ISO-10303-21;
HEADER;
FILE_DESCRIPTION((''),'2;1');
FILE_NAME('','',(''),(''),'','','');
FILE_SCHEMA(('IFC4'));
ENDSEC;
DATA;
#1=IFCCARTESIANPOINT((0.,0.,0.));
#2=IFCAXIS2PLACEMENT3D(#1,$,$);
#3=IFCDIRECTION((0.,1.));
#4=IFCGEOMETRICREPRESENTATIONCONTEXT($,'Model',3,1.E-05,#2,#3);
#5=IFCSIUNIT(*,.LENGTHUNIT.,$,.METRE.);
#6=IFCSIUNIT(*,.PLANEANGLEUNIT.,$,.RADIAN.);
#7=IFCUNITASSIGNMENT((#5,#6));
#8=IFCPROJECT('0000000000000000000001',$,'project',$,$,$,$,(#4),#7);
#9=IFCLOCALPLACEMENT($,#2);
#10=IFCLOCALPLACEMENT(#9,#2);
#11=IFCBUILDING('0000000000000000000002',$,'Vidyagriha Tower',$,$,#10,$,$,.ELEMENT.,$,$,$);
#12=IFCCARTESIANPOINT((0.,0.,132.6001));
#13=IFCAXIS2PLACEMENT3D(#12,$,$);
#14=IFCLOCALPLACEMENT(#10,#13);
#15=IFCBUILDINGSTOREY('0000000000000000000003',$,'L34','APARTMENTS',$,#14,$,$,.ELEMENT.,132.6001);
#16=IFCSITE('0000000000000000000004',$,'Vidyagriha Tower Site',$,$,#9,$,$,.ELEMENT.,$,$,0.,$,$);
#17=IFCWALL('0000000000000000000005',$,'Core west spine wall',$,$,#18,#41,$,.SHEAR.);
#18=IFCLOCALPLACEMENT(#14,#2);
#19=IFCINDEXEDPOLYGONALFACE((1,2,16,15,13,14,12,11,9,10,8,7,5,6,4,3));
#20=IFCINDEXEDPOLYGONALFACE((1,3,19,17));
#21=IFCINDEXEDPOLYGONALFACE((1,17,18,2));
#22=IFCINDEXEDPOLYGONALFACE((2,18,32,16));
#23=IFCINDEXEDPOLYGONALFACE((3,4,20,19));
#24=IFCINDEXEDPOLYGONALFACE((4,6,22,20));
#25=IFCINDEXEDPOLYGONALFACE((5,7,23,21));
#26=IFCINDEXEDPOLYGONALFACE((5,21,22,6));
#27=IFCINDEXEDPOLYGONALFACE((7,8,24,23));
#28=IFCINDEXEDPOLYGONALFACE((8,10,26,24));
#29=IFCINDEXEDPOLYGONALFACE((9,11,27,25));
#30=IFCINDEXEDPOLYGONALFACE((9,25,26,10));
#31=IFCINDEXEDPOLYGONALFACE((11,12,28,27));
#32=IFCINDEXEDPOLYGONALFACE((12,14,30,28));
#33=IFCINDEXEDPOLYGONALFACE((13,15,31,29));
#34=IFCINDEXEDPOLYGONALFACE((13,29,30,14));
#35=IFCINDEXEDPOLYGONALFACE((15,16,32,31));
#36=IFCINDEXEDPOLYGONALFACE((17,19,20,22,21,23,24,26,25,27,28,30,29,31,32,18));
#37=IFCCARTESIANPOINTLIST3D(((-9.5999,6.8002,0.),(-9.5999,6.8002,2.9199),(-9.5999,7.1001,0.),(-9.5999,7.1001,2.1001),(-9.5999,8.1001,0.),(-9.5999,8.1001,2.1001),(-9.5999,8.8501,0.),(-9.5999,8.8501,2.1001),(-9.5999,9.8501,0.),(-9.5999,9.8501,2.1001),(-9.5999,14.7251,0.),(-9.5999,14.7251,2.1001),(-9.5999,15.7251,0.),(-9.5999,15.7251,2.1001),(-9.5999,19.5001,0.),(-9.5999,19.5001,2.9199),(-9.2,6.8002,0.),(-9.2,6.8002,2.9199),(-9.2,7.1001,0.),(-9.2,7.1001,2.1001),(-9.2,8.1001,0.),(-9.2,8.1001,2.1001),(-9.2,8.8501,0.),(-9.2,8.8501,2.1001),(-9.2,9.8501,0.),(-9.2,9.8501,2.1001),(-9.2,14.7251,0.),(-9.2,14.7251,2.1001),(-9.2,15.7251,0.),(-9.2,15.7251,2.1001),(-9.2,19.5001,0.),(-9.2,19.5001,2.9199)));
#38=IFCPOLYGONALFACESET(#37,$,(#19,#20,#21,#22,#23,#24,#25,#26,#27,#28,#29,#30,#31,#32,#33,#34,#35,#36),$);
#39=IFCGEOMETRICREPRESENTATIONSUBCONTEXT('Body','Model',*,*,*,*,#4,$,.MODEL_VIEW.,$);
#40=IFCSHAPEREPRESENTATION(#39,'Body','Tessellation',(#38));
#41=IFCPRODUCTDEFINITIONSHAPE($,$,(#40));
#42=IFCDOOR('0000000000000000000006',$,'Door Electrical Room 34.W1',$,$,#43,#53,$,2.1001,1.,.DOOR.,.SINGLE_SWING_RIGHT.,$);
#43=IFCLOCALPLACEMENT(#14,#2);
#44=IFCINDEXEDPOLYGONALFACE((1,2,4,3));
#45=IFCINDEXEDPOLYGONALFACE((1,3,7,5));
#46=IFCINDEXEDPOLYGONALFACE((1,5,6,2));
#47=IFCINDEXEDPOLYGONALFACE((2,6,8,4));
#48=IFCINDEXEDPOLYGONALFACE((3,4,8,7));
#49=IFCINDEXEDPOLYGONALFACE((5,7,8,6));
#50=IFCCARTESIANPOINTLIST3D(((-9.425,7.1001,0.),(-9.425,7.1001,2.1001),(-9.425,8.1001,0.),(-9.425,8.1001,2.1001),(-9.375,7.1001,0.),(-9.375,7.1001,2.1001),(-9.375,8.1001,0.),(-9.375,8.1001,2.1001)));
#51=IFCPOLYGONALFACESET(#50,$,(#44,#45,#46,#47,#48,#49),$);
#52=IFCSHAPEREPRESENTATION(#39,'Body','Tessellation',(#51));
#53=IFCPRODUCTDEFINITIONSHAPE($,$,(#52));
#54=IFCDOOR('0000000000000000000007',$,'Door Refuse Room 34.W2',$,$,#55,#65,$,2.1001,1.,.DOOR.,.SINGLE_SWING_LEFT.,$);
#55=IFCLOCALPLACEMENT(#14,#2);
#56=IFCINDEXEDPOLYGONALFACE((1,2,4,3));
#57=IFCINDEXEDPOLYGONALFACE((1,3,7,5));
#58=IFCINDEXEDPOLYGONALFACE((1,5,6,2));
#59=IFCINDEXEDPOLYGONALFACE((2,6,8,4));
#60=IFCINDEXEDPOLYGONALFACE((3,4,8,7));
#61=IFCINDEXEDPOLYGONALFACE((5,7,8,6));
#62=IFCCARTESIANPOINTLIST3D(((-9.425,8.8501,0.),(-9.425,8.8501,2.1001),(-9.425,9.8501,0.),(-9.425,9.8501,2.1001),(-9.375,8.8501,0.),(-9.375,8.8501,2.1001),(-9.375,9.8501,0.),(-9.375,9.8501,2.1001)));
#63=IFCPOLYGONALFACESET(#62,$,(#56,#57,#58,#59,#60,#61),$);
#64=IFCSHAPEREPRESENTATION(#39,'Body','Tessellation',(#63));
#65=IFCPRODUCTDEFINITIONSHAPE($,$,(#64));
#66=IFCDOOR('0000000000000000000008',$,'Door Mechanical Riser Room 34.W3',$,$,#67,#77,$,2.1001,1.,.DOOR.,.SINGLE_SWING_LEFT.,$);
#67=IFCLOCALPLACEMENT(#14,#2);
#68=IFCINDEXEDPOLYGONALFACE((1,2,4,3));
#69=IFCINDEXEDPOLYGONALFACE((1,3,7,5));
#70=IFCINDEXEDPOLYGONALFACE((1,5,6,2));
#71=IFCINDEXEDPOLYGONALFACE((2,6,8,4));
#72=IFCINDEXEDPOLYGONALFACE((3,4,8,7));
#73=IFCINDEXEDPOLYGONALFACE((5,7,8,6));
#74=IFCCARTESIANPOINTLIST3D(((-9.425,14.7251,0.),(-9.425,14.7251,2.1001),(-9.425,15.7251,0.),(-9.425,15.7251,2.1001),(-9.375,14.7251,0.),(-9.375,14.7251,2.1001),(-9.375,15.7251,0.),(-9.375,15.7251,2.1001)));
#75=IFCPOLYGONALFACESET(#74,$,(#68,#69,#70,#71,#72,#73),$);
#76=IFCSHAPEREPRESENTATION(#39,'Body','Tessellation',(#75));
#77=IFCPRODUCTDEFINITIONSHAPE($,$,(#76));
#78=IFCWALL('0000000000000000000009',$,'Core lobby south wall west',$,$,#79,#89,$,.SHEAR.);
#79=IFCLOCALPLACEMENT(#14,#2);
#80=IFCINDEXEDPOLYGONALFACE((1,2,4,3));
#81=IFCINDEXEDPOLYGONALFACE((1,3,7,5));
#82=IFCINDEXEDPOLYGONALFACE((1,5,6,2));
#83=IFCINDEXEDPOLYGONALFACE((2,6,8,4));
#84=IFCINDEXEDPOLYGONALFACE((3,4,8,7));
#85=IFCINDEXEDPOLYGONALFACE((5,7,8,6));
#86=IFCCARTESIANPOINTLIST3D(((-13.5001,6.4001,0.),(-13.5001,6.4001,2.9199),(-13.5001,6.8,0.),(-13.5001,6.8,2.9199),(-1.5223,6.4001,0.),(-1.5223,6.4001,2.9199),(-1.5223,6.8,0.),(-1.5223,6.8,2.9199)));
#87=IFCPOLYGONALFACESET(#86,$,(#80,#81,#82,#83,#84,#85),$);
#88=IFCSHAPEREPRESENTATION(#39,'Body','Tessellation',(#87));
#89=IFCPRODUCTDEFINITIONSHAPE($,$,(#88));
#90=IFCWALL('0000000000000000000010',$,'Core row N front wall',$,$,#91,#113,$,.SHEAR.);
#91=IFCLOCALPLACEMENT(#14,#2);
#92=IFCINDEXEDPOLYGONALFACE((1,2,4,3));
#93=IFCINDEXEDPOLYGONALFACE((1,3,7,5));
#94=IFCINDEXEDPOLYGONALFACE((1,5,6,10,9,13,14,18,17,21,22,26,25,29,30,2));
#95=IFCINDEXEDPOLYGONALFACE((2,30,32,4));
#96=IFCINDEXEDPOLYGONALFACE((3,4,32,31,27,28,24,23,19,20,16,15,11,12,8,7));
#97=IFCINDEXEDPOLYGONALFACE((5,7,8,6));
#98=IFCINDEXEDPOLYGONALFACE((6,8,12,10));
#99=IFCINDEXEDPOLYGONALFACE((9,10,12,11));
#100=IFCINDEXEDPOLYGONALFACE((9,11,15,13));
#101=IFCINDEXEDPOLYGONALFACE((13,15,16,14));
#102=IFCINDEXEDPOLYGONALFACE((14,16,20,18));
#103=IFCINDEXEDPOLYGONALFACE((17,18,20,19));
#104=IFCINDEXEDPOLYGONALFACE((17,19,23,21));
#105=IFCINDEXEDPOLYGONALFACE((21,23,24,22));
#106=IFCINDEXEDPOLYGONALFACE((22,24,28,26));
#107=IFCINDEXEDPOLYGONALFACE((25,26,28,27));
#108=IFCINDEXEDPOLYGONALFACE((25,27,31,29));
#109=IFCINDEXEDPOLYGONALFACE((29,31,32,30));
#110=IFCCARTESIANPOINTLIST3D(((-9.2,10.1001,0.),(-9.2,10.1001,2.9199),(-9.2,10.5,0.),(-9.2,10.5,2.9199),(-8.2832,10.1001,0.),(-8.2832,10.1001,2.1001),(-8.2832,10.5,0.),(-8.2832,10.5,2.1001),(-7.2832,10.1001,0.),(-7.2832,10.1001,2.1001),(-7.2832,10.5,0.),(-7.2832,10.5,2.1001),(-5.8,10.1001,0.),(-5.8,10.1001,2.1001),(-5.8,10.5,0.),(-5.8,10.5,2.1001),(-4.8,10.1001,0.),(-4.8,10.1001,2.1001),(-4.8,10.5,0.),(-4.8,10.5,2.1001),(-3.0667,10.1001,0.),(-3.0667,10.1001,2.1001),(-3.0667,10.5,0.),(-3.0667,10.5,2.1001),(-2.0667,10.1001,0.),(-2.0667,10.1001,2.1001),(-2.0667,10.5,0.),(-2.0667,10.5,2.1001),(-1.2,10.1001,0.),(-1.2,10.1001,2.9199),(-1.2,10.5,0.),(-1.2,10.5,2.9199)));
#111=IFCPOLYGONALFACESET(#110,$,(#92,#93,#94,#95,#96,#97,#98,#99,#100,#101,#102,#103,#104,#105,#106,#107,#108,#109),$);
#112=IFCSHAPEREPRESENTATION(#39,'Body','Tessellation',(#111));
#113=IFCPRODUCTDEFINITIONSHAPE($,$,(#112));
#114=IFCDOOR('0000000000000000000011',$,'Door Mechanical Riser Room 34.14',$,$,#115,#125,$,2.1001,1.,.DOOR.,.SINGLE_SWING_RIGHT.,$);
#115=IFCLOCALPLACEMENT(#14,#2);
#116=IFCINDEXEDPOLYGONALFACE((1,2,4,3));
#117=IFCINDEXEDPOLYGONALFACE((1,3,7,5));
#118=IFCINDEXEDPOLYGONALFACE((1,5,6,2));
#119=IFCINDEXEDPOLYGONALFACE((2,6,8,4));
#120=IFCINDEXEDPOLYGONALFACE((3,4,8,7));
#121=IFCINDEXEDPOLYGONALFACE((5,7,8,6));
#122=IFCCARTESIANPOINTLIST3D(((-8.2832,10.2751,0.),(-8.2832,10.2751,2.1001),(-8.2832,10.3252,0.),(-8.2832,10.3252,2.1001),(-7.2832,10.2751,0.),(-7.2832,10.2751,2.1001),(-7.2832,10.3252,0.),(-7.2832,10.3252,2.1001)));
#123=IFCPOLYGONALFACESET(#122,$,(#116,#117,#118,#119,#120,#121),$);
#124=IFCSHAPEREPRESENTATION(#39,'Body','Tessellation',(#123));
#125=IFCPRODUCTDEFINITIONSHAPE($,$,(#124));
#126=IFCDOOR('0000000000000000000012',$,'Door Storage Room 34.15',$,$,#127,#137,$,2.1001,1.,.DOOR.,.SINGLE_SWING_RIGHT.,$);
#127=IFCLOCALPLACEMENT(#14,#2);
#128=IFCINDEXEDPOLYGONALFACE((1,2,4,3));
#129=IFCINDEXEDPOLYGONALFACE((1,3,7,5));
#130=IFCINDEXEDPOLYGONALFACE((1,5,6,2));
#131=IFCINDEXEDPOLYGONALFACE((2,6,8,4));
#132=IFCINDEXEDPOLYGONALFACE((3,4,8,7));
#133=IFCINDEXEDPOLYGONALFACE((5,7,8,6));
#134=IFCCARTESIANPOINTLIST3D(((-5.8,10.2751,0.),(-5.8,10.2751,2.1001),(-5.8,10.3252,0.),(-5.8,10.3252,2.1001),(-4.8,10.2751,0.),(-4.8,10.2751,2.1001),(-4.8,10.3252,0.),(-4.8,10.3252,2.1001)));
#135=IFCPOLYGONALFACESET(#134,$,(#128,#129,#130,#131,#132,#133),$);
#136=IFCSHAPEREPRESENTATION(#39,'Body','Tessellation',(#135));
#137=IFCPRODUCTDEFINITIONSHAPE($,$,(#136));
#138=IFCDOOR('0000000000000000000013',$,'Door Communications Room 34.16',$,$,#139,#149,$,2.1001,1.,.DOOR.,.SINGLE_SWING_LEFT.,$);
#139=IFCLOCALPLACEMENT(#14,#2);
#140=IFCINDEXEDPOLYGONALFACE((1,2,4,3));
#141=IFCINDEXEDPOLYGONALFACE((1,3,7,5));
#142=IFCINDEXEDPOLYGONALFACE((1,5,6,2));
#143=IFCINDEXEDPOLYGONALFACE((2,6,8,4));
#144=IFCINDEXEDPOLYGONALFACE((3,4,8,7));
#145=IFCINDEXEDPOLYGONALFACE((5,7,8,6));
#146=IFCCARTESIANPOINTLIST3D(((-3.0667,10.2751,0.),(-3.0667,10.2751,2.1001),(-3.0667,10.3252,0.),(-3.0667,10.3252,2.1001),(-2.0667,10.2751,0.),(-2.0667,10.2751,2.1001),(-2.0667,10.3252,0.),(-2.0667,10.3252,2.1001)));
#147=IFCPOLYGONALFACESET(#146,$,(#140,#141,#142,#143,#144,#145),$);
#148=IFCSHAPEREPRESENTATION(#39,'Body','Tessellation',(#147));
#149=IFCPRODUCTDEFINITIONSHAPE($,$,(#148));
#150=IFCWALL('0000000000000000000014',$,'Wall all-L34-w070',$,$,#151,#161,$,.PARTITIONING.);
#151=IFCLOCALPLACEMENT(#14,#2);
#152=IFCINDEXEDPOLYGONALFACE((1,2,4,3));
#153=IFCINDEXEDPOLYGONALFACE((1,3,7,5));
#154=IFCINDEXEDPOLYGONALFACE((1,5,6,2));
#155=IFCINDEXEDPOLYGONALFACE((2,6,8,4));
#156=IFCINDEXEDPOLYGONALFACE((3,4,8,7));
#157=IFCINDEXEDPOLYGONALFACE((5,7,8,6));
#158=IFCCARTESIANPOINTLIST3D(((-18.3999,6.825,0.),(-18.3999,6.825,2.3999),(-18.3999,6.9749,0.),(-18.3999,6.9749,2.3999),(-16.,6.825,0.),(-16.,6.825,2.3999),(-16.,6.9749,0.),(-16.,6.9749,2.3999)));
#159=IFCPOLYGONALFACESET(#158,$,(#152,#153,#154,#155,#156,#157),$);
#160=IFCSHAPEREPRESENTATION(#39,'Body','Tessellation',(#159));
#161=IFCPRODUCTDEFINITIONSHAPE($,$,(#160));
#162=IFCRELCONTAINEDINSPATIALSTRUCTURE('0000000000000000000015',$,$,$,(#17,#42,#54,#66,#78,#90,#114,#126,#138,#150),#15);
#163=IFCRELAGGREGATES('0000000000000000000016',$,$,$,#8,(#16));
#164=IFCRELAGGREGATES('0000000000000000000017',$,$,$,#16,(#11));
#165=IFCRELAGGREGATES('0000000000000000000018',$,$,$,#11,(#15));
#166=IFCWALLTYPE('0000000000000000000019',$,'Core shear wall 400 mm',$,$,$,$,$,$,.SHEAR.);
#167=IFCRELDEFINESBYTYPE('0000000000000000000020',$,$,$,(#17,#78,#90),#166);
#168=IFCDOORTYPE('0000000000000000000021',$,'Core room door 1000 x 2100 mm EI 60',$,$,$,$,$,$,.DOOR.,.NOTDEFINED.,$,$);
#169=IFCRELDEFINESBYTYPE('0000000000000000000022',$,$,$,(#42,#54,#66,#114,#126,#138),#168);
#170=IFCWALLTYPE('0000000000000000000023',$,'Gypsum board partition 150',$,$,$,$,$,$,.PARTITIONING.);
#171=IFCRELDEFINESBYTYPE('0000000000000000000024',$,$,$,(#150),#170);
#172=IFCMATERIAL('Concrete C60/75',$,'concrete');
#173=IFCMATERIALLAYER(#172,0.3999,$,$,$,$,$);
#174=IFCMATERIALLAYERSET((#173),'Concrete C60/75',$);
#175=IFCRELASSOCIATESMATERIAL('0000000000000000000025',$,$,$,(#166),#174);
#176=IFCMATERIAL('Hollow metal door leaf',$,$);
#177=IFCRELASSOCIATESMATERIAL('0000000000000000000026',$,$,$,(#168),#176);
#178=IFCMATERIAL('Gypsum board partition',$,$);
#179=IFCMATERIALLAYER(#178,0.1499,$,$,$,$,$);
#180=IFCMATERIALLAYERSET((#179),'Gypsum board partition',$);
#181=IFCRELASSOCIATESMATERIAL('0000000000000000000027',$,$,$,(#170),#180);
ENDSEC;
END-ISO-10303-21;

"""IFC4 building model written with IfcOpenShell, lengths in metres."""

from ifc_helpers import new_model, si_unit, direction, frame, frame_2d, origin, place, context, subcontext, project, spatial, rectangle, extrude, material, layer, layer_set, type_object, element, fill, save


model = new_model("IFC4")

# Units and contexts
model_context = context("Model", 3, precision=1e-05, world=origin(), true_north=direction((0.0, 1.0)))
body_context = subcontext(model_context, "Body", "Model", "MODEL_VIEW")
ifc_project = project(units=[si_unit("LENGTHUNIT", "METRE"), si_unit("PLANEANGLEUNIT", "RADIAN")], contexts=[model_context])

# Site, building, storey
site_placement = place(None, origin())
site = spatial("IfcSite", under=ifc_project, at=site_placement, Name="Vidyagriha Tower Site", CompositionType="ELEMENT", RefElevation=0.0)
building_placement = place(site_placement, origin())
building = spatial("IfcBuilding", under=site, at=building_placement, Name="Vidyagriha Tower", CompositionType="ELEMENT")
storey_placement = place(building_placement, frame((0.0, 0.0, 132.6001)))
storey = spatial("IfcBuildingStorey", under=building, at=storey_placement, Name="L34", Description="APARTMENTS", CompositionType="ELEMENT", Elevation=132.6001)

# Wall, openings, doors
ifc_material_1 = material(Name="Concrete C60/75", Category="concrete")
ifc_layer_1 = layer(ifc_material_1, 0.3999)
ifc_layer_set_1 = layer_set([ifc_layer_1], Name="Concrete C60/75")
wall_type_1 = type_object("IfcWallType", Name="Core shear wall 400 mm", PredefinedType="SHEAR", material=ifc_layer_set_1)
wall_1_placement = place(storey_placement, frame((-9.3999, 6.8, 0.0), z_axis=(0.0, 0.0, 1.0), x_axis=(0.0, 1.0, 0.0)))
wall_1 = element("IfcWall", 1, at=wall_1_placement, inside=storey, type_object=wall_type_1, Name="Core west spine wall", PredefinedType="SHEAR", context=body_context, shape_type="SweptSolid", body=[
    extrude(rectangle(XDim=12.7, YDim=0.3999, at=frame_2d((6.3501, 0.0))), origin(), (0.0, 0.0, 1.0), 2.9199),
])
opening_1_placement = place(wall_1_placement, frame((0.3, 0.0, 0.0)))
opening_1 = element("IfcOpeningElement", 2, at=opening_1_placement, cuts=wall_1, PredefinedType="OPENING", context=body_context, shape_type="SweptSolid", body=[
    extrude(rectangle(XDim=1.0, YDim=2.1001, at=frame_2d((0.5, 1.05))), frame((0.0, 0.21, 0.0), z_axis=(0.0, -1.0, 0.0), x_axis=(1.0, 0.0, 0.0)), (0.0, 0.0, 1.0), 0.4199),
])
opening_2_placement = place(wall_1_placement, frame((2.05, 0.0, 0.0)))
opening_2 = element("IfcOpeningElement", 3, at=opening_2_placement, cuts=wall_1, PredefinedType="OPENING", context=body_context, shape_type="SweptSolid", body=[
    extrude(rectangle(XDim=1.0, YDim=2.1001, at=frame_2d((0.5, 1.05))), frame((0.0, 0.21, 0.0), z_axis=(0.0, -1.0, 0.0), x_axis=(1.0, 0.0, 0.0)), (0.0, 0.0, 1.0), 0.4199),
])
opening_3_placement = place(wall_1_placement, frame((7.925, 0.0, 0.0)))
opening_3 = element("IfcOpeningElement", 4, at=opening_3_placement, cuts=wall_1, PredefinedType="OPENING", context=body_context, shape_type="SweptSolid", body=[
    extrude(rectangle(XDim=1.0, YDim=2.1001, at=frame_2d((0.5, 1.05))), frame((0.0, 0.21, 0.0), z_axis=(0.0, -1.0, 0.0), x_axis=(1.0, 0.0, 0.0)), (0.0, 0.0, 1.0), 0.4199),
])
ifc_material_2 = material(Name="Hollow metal door leaf")
door_type_1 = type_object("IfcDoorType", Name="Core room door 1000 x 2100 mm EI 60", OperationType="NOTDEFINED", PredefinedType="DOOR", material=ifc_material_2)
door_1_placement = place(opening_1_placement, frame((1.0, 0.0, 0.0), z_axis=(0.0, 0.0, 1.0), x_axis=(-1.0, 0.0, 0.0)))
door_1 = element("IfcDoor", 5, at=door_1_placement, inside=storey, type_object=door_type_1, Name="Door Electrical Room 34.W1", OperationType="SINGLE_SWING_RIGHT", OverallHeight=2.1001, OverallWidth=1.0, PredefinedType="DOOR", context=body_context, shape_type="SweptSolid", body=[
    extrude(rectangle(XDim=1.0, YDim=2.1001, at=frame_2d((0.5, 1.05))), frame((0.0, 0.0249, 0.0), z_axis=(0.0, -1.0, 0.0), x_axis=(1.0, 0.0, 0.0)), (0.0, 0.0, 1.0), 0.05),
])
fill(opening_1, door_1)
door_2_placement = place(opening_2_placement, frame((1.0, 0.0, 0.0), z_axis=(0.0, 0.0, 1.0), x_axis=(-1.0, 0.0, 0.0)))
door_2 = element("IfcDoor", 6, at=door_2_placement, inside=storey, type_object=door_type_1, Name="Door Refuse Room 34.W2", OperationType="SINGLE_SWING_LEFT", OverallHeight=2.1001, OverallWidth=1.0, PredefinedType="DOOR", context=body_context, shape_type="SweptSolid", body=[
    extrude(rectangle(XDim=1.0, YDim=2.1001, at=frame_2d((0.5, 1.05))), frame((0.0, 0.0249, 0.0), z_axis=(0.0, -1.0, 0.0), x_axis=(1.0, 0.0, 0.0)), (0.0, 0.0, 1.0), 0.05),
])
fill(opening_2, door_2)
door_3_placement = place(opening_3_placement, frame((1.0, 0.0, 0.0), z_axis=(0.0, 0.0, 1.0), x_axis=(-1.0, 0.0, 0.0)))
door_3 = element("IfcDoor", 7, at=door_3_placement, inside=storey, type_object=door_type_1, Name="Door Mechanical Riser Room 34.W3", OperationType="SINGLE_SWING_LEFT", OverallHeight=2.1001, OverallWidth=1.0, PredefinedType="DOOR", context=body_context, shape_type="SweptSolid", body=[
    extrude(rectangle(XDim=1.0, YDim=2.1001, at=frame_2d((0.5, 1.05))), frame((0.0, 0.0249, 0.0), z_axis=(0.0, -1.0, 0.0), x_axis=(1.0, 0.0, 0.0)), (0.0, 0.0, 1.0), 0.05),
])
fill(opening_3, door_3)

# Wall
wall_2_placement = place(storey_placement, frame((-13.5, 6.6001, 0.0)))
element("IfcWall", 8, at=wall_2_placement, inside=storey, type_object=wall_type_1, Name="Core lobby south wall west", PredefinedType="SHEAR", context=body_context, shape_type="SweptSolid", body=[
    extrude(rectangle(XDim=11.9778, YDim=0.3999, at=frame_2d((5.9888, 0.0))), origin(), (0.0, 0.0, 1.0), 2.9199),
])

# Wall, openings, doors
wall_3_placement = place(storey_placement, frame((-9.2, 10.3, 0.0)))
wall_3 = element("IfcWall", 9, at=wall_3_placement, inside=storey, type_object=wall_type_1, Name="Core row N front wall", PredefinedType="SHEAR", context=body_context, shape_type="SweptSolid", body=[
    extrude(rectangle(XDim=8.0, YDim=0.3999, at=frame_2d((4.0, 0.0))), origin(), (0.0, 0.0, 1.0), 2.9199),
])
opening_4_placement = place(wall_3_placement, frame((0.9167, 0.0, 0.0)))
opening_4 = element("IfcOpeningElement", 10, at=opening_4_placement, cuts=wall_3, PredefinedType="OPENING", context=body_context, shape_type="SweptSolid", body=[
    extrude(rectangle(XDim=1.0, YDim=2.1001, at=frame_2d((0.5, 1.05))), frame((0.0, 0.21, 0.0), z_axis=(0.0, -1.0, 0.0), x_axis=(1.0, 0.0, 0.0)), (0.0, 0.0, 1.0), 0.4199),
])
opening_5_placement = place(wall_3_placement, frame((3.3999, 0.0, 0.0)))
opening_5 = element("IfcOpeningElement", 11, at=opening_5_placement, cuts=wall_3, PredefinedType="OPENING", context=body_context, shape_type="SweptSolid", body=[
    extrude(rectangle(XDim=1.0, YDim=2.1001, at=frame_2d((0.5, 1.05))), frame((0.0, 0.21, 0.0), z_axis=(0.0, -1.0, 0.0), x_axis=(1.0, 0.0, 0.0)), (0.0, 0.0, 1.0), 0.4199),
])
opening_6_placement = place(wall_3_placement, frame((6.1333, 0.0, 0.0)))
opening_6 = element("IfcOpeningElement", 12, at=opening_6_placement, cuts=wall_3, PredefinedType="OPENING", context=body_context, shape_type="SweptSolid", body=[
    extrude(rectangle(XDim=1.0, YDim=2.1001, at=frame_2d((0.5, 1.05))), frame((0.0, 0.21, 0.0), z_axis=(0.0, -1.0, 0.0), x_axis=(1.0, 0.0, 0.0)), (0.0, 0.0, 1.0), 0.4199),
])
door_4_placement = place(opening_4_placement, frame((1.0, 0.0, 0.0), z_axis=(0.0, 0.0, 1.0), x_axis=(-1.0, 0.0, 0.0)))
door_4 = element("IfcDoor", 13, at=door_4_placement, inside=storey, type_object=door_type_1, Name="Door Mechanical Riser Room 34.14", OperationType="SINGLE_SWING_RIGHT", OverallHeight=2.1001, OverallWidth=1.0, PredefinedType="DOOR", context=body_context, shape_type="SweptSolid", body=[
    extrude(rectangle(XDim=1.0, YDim=2.1001, at=frame_2d((0.5, 1.05))), frame((0.0, 0.0249, 0.0), z_axis=(0.0, -1.0, 0.0), x_axis=(1.0, 0.0, 0.0)), (0.0, 0.0, 1.0), 0.05),
])
fill(opening_4, door_4)
door_5_placement = place(opening_5_placement, frame((1.0, 0.0, 0.0), z_axis=(0.0, 0.0, 1.0), x_axis=(-1.0, 0.0, 0.0)))
door_5 = element("IfcDoor", 14, at=door_5_placement, inside=storey, type_object=door_type_1, Name="Door Storage Room 34.15", OperationType="SINGLE_SWING_RIGHT", OverallHeight=2.1001, OverallWidth=1.0, PredefinedType="DOOR", context=body_context, shape_type="SweptSolid", body=[
    extrude(rectangle(XDim=1.0, YDim=2.1001, at=frame_2d((0.5, 1.05))), frame((0.0, 0.0249, 0.0), z_axis=(0.0, -1.0, 0.0), x_axis=(1.0, 0.0, 0.0)), (0.0, 0.0, 1.0), 0.05),
])
fill(opening_5, door_5)
door_6_placement = place(opening_6_placement, frame((1.0, 0.0, 0.0), z_axis=(0.0, 0.0, 1.0), x_axis=(-1.0, 0.0, 0.0)))
door_6 = element("IfcDoor", 15, at=door_6_placement, inside=storey, type_object=door_type_1, Name="Door Communications Room 34.16", OperationType="SINGLE_SWING_LEFT", OverallHeight=2.1001, OverallWidth=1.0, PredefinedType="DOOR", context=body_context, shape_type="SweptSolid", body=[
    extrude(rectangle(XDim=1.0, YDim=2.1001, at=frame_2d((0.5, 1.05))), frame((0.0, 0.0249, 0.0), z_axis=(0.0, -1.0, 0.0), x_axis=(1.0, 0.0, 0.0)), (0.0, 0.0, 1.0), 0.05),
])
fill(opening_6, door_6)

# Wall
ifc_material_3 = material(Name="Gypsum board partition")
ifc_layer_2 = layer(ifc_material_3, 0.1499)
ifc_layer_set_2 = layer_set([ifc_layer_2], Name="Gypsum board partition")
wall_type_2 = type_object("IfcWallType", Name="Gypsum board partition 150", PredefinedType="PARTITIONING", material=ifc_layer_set_2)
wall_4_placement = place(storey_placement, frame((-18.3999, 6.8999, 0.0)))
element("IfcWall", 16, at=wall_4_placement, inside=storey, type_object=wall_type_2, Name="Wall all-L34-w070", PredefinedType="PARTITIONING", context=body_context, shape_type="SweptSolid", body=[
    extrude(rectangle(XDim=2.3999, YDim=0.1499, at=frame_2d((1.2, 0.0))), origin(), (0.0, 0.0, 1.0), 2.3999),
])

save(model, "model.ifc")
